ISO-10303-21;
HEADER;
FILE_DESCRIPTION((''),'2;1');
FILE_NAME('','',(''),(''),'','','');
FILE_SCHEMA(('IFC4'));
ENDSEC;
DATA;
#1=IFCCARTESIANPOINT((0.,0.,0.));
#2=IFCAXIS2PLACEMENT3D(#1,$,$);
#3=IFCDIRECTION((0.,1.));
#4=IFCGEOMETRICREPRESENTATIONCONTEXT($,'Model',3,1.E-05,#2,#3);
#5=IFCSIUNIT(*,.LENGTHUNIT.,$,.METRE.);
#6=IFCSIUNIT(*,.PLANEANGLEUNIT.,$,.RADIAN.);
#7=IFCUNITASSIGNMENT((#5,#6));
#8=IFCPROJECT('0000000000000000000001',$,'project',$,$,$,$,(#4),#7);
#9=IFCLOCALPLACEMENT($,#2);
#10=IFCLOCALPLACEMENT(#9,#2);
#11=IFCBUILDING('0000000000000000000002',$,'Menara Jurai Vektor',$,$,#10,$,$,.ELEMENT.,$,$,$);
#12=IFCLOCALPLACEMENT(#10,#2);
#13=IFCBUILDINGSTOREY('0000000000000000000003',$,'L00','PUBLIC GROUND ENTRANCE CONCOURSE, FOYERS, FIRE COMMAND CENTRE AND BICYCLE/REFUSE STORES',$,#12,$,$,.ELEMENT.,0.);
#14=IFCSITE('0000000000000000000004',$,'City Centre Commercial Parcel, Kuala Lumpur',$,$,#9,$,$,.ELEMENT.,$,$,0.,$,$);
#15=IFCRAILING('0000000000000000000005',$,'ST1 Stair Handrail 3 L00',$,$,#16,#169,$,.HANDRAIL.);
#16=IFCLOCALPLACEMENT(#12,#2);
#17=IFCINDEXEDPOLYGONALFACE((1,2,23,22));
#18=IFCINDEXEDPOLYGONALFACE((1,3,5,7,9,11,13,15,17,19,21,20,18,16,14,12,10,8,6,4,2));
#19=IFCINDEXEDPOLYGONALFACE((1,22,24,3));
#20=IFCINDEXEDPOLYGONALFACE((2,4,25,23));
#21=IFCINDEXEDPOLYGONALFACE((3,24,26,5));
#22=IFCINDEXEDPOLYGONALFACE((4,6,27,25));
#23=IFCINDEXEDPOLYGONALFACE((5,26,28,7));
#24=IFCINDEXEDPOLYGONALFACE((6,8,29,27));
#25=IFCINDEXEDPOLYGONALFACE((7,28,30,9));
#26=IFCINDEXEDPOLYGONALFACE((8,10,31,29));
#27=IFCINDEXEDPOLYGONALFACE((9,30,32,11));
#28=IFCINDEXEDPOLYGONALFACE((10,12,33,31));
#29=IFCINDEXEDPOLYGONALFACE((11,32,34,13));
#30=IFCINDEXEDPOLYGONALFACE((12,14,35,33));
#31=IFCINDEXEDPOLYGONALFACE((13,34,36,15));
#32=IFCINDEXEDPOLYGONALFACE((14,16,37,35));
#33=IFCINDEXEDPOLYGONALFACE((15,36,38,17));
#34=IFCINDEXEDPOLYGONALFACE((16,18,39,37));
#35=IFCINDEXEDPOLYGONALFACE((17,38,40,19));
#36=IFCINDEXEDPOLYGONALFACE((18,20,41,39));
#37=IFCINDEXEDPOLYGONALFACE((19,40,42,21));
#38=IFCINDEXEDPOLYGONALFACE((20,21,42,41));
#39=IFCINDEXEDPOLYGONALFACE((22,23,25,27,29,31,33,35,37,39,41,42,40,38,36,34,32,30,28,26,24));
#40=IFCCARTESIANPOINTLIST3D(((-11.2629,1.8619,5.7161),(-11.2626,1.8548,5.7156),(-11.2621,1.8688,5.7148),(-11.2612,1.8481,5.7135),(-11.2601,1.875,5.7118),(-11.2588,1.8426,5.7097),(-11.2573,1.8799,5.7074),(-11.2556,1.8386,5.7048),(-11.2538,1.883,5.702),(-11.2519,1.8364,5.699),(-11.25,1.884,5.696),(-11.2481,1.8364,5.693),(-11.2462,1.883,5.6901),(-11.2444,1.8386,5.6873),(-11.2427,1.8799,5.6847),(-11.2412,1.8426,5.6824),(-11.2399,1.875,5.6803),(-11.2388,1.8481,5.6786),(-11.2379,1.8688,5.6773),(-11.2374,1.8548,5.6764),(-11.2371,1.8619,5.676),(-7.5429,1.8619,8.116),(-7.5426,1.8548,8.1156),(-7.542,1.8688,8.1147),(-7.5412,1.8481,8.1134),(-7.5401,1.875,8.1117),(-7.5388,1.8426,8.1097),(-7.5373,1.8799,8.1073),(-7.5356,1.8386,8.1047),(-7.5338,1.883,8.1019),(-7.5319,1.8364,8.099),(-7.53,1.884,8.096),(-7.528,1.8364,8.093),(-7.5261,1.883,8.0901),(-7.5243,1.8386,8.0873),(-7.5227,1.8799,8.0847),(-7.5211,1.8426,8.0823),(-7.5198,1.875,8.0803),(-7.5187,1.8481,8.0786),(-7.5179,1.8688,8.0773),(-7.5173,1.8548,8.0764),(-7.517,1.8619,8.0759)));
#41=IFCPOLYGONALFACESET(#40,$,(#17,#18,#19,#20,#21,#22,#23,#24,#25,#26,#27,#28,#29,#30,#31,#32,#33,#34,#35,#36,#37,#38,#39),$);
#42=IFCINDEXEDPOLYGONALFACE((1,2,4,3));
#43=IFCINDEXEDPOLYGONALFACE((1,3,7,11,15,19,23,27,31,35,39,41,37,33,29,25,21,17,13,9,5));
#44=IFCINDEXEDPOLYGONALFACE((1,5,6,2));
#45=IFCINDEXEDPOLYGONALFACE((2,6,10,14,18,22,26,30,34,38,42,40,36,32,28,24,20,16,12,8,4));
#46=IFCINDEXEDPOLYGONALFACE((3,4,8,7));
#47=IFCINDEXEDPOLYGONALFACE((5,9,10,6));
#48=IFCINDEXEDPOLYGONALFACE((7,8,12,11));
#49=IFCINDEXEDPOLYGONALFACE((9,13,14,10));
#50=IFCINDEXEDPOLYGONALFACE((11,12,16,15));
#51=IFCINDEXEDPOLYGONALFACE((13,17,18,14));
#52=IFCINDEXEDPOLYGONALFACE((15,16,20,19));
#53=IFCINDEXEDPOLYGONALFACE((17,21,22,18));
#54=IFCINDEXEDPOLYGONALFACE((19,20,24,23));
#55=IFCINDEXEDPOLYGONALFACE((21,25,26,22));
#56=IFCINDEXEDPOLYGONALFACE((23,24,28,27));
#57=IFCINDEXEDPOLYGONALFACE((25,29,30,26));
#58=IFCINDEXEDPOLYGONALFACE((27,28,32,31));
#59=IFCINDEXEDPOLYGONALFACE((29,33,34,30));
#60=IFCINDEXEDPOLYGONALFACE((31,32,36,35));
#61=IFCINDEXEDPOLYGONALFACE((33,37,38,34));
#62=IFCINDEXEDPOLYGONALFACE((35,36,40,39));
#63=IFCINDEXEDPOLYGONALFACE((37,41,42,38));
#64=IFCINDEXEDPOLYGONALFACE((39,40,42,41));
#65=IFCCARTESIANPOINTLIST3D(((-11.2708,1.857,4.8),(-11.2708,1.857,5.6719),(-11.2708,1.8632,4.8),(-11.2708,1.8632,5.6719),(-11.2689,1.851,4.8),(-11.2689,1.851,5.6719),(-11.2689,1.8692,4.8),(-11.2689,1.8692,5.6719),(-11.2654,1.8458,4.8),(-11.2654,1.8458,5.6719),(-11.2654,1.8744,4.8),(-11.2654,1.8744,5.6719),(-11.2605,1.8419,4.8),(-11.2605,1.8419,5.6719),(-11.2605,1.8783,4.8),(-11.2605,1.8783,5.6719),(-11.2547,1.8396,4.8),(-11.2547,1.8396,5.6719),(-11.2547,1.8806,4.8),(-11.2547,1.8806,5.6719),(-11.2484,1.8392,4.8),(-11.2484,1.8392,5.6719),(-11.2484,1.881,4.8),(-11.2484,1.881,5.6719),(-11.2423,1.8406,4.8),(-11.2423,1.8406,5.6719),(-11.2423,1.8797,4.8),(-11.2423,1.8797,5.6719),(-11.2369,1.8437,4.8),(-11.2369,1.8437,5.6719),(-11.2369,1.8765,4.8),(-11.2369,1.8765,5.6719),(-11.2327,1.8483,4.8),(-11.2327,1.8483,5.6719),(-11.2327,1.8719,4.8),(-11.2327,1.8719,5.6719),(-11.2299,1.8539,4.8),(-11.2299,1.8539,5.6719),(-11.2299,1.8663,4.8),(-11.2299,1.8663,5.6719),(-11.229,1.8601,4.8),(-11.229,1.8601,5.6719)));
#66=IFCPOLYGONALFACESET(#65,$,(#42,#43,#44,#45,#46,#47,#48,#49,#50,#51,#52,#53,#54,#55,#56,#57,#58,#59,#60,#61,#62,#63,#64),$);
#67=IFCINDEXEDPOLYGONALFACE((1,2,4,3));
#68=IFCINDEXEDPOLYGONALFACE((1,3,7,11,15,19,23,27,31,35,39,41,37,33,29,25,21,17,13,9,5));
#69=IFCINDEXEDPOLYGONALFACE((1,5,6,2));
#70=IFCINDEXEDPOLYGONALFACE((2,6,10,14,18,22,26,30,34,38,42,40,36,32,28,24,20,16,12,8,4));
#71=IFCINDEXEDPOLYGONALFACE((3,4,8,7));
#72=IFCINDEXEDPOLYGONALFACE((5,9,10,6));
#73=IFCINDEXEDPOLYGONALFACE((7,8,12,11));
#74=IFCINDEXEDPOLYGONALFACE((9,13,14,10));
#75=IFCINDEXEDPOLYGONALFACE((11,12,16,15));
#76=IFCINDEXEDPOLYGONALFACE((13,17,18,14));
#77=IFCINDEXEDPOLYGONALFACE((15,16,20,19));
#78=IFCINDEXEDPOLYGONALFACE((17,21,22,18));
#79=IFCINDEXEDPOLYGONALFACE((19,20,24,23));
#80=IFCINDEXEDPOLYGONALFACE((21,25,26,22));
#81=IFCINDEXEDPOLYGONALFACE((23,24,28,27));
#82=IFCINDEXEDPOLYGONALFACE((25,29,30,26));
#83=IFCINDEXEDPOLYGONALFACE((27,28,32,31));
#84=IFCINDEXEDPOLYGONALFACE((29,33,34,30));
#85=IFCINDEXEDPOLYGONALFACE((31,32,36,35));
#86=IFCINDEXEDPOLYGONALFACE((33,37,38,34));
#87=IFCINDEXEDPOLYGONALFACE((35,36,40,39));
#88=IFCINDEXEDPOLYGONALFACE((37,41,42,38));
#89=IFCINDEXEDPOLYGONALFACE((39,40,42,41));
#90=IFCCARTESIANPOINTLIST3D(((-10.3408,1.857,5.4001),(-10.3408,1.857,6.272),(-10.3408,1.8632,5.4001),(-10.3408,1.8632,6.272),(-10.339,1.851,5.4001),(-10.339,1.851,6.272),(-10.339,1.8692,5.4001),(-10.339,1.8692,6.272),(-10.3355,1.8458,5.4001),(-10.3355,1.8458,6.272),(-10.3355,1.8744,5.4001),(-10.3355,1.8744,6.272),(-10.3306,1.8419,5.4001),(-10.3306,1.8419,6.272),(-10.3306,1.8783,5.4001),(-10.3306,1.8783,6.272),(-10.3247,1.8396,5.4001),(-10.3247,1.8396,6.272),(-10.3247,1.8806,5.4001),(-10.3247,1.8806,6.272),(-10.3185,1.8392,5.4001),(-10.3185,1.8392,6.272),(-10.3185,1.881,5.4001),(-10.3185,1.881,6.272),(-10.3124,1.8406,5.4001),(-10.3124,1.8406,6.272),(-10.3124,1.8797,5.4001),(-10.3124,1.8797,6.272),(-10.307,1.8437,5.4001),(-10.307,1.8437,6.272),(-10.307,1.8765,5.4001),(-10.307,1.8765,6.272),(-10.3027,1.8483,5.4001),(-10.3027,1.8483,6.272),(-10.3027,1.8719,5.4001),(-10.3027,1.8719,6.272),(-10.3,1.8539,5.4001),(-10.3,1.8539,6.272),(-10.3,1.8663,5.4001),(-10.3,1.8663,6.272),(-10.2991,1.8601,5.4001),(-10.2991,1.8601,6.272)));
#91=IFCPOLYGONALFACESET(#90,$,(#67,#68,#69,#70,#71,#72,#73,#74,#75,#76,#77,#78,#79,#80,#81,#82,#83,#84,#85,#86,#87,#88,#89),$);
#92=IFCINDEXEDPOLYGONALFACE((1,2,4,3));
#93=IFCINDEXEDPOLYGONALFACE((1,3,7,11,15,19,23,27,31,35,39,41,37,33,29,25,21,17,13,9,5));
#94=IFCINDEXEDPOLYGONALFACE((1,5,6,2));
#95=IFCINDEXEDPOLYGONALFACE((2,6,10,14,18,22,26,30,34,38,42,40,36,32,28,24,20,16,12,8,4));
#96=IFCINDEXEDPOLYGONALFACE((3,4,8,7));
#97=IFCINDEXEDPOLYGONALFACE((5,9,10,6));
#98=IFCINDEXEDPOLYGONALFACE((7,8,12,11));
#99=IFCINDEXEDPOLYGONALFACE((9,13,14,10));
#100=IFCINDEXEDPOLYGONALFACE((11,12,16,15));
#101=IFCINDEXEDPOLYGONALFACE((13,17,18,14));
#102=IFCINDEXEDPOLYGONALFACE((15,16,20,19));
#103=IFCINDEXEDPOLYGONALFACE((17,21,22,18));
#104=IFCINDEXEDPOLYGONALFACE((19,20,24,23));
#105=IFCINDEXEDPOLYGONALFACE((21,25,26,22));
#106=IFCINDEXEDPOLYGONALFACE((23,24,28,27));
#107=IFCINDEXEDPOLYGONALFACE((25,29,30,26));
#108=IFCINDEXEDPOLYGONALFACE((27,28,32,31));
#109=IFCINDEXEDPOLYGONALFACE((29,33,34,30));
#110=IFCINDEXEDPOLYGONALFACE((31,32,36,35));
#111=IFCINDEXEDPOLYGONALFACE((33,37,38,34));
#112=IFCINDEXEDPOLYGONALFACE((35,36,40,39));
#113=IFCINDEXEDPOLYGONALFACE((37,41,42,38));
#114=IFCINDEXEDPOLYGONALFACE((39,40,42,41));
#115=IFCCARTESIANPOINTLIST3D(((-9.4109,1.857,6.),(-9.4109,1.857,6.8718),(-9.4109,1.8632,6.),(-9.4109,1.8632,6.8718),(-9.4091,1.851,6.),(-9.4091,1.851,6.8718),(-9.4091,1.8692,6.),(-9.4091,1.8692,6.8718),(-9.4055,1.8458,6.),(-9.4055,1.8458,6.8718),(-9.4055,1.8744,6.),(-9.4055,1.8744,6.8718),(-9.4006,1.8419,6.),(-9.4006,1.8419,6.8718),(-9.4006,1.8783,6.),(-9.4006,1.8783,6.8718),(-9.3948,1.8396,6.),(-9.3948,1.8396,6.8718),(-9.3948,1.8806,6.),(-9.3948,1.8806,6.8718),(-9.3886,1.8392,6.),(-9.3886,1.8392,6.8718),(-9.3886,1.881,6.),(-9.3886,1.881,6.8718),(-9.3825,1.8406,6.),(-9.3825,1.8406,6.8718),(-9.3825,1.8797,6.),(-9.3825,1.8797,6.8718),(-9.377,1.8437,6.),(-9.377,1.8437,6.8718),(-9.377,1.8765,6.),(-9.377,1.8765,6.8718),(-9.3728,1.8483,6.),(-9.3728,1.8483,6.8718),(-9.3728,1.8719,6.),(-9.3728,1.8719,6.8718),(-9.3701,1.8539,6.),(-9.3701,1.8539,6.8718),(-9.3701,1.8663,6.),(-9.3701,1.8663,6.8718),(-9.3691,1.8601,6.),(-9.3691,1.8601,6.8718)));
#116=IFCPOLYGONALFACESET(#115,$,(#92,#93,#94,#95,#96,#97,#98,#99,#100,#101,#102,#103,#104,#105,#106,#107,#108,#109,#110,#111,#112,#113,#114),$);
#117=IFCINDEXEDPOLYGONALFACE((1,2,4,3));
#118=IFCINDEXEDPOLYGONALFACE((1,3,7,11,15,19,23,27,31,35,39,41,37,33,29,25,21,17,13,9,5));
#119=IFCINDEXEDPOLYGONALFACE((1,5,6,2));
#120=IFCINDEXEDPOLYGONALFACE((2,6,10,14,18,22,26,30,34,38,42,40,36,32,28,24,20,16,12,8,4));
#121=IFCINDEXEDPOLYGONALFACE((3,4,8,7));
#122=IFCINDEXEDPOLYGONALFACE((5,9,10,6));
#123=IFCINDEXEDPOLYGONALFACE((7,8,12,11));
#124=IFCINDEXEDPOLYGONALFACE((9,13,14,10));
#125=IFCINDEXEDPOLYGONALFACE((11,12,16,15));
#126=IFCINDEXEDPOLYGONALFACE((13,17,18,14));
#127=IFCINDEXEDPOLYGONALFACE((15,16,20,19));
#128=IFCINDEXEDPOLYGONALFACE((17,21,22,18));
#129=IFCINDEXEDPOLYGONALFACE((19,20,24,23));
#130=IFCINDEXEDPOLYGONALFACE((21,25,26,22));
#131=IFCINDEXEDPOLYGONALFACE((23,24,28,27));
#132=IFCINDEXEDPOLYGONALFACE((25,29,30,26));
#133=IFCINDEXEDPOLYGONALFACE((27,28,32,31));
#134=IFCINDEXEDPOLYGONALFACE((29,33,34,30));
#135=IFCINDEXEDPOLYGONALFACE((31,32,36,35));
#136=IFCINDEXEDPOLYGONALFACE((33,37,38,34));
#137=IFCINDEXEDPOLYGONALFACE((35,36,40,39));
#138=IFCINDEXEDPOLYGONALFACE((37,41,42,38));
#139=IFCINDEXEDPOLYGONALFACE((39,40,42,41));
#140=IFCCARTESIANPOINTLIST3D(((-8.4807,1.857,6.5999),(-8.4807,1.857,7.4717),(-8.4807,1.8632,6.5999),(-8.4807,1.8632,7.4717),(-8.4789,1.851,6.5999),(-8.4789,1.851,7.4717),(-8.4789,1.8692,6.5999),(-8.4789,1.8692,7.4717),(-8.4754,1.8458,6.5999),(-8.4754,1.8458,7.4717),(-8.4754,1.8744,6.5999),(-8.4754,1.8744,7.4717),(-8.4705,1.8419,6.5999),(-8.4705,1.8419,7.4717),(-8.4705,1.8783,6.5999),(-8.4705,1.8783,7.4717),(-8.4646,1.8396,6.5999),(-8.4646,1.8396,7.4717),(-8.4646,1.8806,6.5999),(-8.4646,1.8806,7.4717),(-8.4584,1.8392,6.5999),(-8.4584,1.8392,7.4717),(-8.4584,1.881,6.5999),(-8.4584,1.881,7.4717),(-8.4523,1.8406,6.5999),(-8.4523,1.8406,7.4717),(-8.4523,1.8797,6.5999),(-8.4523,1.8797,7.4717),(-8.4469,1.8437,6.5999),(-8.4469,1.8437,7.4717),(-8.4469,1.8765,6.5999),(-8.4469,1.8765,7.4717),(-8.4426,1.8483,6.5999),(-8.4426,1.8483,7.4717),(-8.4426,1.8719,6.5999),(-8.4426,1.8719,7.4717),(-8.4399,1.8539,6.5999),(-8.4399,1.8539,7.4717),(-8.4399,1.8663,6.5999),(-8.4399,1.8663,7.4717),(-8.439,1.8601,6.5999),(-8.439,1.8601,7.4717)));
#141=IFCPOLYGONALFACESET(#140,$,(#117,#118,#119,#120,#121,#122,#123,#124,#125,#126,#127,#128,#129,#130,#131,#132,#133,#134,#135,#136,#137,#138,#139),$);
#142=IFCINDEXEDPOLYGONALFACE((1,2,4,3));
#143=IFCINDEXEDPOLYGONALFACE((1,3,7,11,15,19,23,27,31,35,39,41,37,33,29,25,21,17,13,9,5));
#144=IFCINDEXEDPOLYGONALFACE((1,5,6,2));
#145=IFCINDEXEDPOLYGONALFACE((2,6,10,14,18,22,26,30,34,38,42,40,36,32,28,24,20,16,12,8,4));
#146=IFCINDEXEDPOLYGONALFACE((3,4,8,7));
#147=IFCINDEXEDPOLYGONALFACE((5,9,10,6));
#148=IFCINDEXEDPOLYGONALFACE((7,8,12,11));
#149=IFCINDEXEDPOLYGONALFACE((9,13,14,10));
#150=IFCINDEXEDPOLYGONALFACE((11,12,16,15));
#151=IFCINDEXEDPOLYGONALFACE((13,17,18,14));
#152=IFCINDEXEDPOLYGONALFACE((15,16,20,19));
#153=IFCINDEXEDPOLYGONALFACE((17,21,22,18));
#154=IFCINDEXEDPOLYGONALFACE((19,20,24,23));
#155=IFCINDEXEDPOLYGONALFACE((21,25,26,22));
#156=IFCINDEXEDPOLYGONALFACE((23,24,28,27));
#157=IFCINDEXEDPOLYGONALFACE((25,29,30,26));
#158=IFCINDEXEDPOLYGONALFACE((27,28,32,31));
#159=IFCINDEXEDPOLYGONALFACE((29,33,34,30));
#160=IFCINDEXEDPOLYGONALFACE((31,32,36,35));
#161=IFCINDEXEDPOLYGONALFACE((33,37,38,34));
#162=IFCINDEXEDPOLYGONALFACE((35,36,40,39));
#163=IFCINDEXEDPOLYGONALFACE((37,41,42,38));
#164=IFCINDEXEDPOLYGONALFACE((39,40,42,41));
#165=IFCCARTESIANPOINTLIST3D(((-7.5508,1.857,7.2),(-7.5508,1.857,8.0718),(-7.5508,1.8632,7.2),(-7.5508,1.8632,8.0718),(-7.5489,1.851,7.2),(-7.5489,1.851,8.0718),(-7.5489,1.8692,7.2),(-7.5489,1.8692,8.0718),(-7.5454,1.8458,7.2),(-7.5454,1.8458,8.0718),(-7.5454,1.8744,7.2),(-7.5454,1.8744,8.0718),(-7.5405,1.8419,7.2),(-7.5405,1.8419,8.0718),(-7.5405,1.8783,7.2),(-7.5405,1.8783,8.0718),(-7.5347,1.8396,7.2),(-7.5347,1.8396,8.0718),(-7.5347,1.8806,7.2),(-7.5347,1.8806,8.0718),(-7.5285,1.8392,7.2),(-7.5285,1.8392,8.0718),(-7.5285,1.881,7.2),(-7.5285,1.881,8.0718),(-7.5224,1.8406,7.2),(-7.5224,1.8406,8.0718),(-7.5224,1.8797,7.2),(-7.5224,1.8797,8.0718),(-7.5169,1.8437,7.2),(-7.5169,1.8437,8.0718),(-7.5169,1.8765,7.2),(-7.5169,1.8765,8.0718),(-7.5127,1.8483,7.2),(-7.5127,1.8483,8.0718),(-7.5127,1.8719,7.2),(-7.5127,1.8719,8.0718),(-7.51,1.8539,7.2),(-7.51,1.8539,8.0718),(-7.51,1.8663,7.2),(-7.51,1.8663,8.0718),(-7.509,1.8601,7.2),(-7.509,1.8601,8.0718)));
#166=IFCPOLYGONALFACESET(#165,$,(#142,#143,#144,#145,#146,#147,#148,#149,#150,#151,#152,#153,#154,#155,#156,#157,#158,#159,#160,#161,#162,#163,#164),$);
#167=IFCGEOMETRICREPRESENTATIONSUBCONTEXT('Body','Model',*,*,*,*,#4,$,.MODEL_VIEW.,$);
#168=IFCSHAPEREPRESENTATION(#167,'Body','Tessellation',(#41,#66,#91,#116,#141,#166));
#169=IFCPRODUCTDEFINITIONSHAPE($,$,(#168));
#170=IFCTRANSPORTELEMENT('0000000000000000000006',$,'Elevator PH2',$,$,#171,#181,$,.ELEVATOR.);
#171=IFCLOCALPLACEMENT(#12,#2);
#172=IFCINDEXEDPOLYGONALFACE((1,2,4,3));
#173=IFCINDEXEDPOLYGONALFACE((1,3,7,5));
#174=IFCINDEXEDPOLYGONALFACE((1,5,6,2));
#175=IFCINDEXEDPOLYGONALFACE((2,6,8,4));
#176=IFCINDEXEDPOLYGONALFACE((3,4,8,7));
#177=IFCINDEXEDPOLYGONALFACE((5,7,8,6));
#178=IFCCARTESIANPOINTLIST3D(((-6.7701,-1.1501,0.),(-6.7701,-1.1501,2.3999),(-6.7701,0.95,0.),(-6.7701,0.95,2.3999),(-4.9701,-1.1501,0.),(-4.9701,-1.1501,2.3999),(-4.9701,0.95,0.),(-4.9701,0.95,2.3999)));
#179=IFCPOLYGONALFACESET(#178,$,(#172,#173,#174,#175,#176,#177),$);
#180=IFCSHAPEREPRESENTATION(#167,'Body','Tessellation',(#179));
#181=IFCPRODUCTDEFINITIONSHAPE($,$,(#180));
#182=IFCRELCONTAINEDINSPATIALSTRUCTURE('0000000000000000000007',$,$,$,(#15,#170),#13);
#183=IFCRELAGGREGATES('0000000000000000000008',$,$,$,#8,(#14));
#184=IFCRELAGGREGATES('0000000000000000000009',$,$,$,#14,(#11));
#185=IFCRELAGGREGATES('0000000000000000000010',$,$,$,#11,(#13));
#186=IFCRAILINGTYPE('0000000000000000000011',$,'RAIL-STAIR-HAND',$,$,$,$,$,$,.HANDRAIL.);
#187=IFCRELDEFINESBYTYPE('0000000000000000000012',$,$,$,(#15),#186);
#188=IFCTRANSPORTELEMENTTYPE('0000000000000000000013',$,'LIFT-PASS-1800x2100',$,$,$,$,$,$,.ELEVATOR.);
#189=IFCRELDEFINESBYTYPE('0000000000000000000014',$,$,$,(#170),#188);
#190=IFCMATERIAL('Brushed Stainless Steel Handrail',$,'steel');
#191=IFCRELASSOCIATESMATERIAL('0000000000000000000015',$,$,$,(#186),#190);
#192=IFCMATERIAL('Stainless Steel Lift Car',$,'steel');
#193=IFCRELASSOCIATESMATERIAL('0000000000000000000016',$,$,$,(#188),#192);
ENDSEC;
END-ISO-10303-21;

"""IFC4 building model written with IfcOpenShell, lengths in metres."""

from ifc_helpers import new_model, si_unit, direction, frame, origin, origin_2d, place, context, subcontext, project, spatial, rectangle, circle, extrude, material, type_object, element, save


model = new_model("IFC4")

# Units and contexts
model_context = context("Model", 3, precision=1e-05, world=origin(), true_north=direction((0.0, 1.0)))
body_context = subcontext(model_context, "Body", "Model", "MODEL_VIEW")
ifc_project = project(units=[si_unit("LENGTHUNIT", "METRE"), si_unit("PLANEANGLEUNIT", "RADIAN")], contexts=[model_context])

# Site, building, storey
site_placement = place(None, origin())
site = spatial("IfcSite", under=ifc_project, at=site_placement, Name="City Centre Commercial Parcel, Kuala Lumpur", CompositionType="ELEMENT", RefElevation=0.0)
building_placement = place(site_placement, origin())
building = spatial("IfcBuilding", under=site, at=building_placement, Name="Menara Jurai Vektor", CompositionType="ELEMENT")
storey_placement = place(building_placement, origin())
storey = spatial("IfcBuildingStorey", under=building, at=storey_placement, Name="L00", Description="PUBLIC GROUND ENTRANCE CONCOURSE, FOYERS, FIRE COMMAND CENTRE AND BICYCLE/REFUSE STORES", CompositionType="ELEMENT", Elevation=0.0)

# Railing
ifc_material_1 = material(Name="Brushed Stainless Steel Handrail", Category="steel")
railing_type_1 = type_object("IfcRailingType", Name="RAIL-STAIR-HAND", PredefinedType="HANDRAIL", material=ifc_material_1)
railing_1_placement = place(storey_placement, frame((-11.25, 1.8601, 4.8)))
element("IfcRailing", 1, at=railing_1_placement, inside=storey, type_object=railing_type_1, Name="ST1 Stair Handrail 3 L00", PredefinedType="HANDRAIL", context=body_context, shape_type="SweptSolid", body=[
    extrude(circle(Radius=0.0239, at=origin_2d()), frame((0.0, 0.0, 0.896), z_axis=(0.840305, 0.0, 0.542114), x_axis=(0.0, 1.0, 0.0)), (0.0, 0.0, 1.0), 4.427),
    extrude(circle(Radius=0.021, at=origin_2d()), origin(), (0.0, 0.0, 1.0), 0.8718),
    extrude(circle(Radius=0.021, at=origin_2d()), frame((0.9299, 0.0, 0.6001)), (0.0, 0.0, 1.0), 0.8718),
    extrude(circle(Radius=0.021, at=origin_2d()), frame((1.8599, 0.0, 1.2)), (0.0, 0.0, 1.0), 0.8718),
    extrude(circle(Radius=0.021, at=origin_2d()), frame((2.79, 0.0, 1.7998)), (0.0, 0.0, 1.0), 0.8718),
    extrude(circle(Radius=0.021, at=origin_2d()), frame((3.72, 0.0, 2.3999)), (0.0, 0.0, 1.0), 0.8718),
])

# Transport element
ifc_material_2 = material(Name="Stainless Steel Lift Car", Category="steel")
transport_element_type = type_object("IfcTransportElementType", Name="LIFT-PASS-1800x2100", PredefinedType="ELEVATOR", material=ifc_material_2)
transport_element_placement = place(storey_placement, frame((-5.8701, -0.1001, 0.0), z_axis=(0.0, 0.0, 1.0), x_axis=(1.0, 0.0, 0.0)))
element("IfcTransportElement", 2, at=transport_element_placement, inside=storey, type_object=transport_element_type, Name="Elevator PH2", PredefinedType="ELEVATOR", context=body_context, shape_type="SweptSolid", body=[
    extrude(rectangle(XDim=1.8, YDim=2.1001, at=origin_2d()), origin(), (0.0, 0.0, 1.0), 2.3999),
])

save(model, "model.ifc")
